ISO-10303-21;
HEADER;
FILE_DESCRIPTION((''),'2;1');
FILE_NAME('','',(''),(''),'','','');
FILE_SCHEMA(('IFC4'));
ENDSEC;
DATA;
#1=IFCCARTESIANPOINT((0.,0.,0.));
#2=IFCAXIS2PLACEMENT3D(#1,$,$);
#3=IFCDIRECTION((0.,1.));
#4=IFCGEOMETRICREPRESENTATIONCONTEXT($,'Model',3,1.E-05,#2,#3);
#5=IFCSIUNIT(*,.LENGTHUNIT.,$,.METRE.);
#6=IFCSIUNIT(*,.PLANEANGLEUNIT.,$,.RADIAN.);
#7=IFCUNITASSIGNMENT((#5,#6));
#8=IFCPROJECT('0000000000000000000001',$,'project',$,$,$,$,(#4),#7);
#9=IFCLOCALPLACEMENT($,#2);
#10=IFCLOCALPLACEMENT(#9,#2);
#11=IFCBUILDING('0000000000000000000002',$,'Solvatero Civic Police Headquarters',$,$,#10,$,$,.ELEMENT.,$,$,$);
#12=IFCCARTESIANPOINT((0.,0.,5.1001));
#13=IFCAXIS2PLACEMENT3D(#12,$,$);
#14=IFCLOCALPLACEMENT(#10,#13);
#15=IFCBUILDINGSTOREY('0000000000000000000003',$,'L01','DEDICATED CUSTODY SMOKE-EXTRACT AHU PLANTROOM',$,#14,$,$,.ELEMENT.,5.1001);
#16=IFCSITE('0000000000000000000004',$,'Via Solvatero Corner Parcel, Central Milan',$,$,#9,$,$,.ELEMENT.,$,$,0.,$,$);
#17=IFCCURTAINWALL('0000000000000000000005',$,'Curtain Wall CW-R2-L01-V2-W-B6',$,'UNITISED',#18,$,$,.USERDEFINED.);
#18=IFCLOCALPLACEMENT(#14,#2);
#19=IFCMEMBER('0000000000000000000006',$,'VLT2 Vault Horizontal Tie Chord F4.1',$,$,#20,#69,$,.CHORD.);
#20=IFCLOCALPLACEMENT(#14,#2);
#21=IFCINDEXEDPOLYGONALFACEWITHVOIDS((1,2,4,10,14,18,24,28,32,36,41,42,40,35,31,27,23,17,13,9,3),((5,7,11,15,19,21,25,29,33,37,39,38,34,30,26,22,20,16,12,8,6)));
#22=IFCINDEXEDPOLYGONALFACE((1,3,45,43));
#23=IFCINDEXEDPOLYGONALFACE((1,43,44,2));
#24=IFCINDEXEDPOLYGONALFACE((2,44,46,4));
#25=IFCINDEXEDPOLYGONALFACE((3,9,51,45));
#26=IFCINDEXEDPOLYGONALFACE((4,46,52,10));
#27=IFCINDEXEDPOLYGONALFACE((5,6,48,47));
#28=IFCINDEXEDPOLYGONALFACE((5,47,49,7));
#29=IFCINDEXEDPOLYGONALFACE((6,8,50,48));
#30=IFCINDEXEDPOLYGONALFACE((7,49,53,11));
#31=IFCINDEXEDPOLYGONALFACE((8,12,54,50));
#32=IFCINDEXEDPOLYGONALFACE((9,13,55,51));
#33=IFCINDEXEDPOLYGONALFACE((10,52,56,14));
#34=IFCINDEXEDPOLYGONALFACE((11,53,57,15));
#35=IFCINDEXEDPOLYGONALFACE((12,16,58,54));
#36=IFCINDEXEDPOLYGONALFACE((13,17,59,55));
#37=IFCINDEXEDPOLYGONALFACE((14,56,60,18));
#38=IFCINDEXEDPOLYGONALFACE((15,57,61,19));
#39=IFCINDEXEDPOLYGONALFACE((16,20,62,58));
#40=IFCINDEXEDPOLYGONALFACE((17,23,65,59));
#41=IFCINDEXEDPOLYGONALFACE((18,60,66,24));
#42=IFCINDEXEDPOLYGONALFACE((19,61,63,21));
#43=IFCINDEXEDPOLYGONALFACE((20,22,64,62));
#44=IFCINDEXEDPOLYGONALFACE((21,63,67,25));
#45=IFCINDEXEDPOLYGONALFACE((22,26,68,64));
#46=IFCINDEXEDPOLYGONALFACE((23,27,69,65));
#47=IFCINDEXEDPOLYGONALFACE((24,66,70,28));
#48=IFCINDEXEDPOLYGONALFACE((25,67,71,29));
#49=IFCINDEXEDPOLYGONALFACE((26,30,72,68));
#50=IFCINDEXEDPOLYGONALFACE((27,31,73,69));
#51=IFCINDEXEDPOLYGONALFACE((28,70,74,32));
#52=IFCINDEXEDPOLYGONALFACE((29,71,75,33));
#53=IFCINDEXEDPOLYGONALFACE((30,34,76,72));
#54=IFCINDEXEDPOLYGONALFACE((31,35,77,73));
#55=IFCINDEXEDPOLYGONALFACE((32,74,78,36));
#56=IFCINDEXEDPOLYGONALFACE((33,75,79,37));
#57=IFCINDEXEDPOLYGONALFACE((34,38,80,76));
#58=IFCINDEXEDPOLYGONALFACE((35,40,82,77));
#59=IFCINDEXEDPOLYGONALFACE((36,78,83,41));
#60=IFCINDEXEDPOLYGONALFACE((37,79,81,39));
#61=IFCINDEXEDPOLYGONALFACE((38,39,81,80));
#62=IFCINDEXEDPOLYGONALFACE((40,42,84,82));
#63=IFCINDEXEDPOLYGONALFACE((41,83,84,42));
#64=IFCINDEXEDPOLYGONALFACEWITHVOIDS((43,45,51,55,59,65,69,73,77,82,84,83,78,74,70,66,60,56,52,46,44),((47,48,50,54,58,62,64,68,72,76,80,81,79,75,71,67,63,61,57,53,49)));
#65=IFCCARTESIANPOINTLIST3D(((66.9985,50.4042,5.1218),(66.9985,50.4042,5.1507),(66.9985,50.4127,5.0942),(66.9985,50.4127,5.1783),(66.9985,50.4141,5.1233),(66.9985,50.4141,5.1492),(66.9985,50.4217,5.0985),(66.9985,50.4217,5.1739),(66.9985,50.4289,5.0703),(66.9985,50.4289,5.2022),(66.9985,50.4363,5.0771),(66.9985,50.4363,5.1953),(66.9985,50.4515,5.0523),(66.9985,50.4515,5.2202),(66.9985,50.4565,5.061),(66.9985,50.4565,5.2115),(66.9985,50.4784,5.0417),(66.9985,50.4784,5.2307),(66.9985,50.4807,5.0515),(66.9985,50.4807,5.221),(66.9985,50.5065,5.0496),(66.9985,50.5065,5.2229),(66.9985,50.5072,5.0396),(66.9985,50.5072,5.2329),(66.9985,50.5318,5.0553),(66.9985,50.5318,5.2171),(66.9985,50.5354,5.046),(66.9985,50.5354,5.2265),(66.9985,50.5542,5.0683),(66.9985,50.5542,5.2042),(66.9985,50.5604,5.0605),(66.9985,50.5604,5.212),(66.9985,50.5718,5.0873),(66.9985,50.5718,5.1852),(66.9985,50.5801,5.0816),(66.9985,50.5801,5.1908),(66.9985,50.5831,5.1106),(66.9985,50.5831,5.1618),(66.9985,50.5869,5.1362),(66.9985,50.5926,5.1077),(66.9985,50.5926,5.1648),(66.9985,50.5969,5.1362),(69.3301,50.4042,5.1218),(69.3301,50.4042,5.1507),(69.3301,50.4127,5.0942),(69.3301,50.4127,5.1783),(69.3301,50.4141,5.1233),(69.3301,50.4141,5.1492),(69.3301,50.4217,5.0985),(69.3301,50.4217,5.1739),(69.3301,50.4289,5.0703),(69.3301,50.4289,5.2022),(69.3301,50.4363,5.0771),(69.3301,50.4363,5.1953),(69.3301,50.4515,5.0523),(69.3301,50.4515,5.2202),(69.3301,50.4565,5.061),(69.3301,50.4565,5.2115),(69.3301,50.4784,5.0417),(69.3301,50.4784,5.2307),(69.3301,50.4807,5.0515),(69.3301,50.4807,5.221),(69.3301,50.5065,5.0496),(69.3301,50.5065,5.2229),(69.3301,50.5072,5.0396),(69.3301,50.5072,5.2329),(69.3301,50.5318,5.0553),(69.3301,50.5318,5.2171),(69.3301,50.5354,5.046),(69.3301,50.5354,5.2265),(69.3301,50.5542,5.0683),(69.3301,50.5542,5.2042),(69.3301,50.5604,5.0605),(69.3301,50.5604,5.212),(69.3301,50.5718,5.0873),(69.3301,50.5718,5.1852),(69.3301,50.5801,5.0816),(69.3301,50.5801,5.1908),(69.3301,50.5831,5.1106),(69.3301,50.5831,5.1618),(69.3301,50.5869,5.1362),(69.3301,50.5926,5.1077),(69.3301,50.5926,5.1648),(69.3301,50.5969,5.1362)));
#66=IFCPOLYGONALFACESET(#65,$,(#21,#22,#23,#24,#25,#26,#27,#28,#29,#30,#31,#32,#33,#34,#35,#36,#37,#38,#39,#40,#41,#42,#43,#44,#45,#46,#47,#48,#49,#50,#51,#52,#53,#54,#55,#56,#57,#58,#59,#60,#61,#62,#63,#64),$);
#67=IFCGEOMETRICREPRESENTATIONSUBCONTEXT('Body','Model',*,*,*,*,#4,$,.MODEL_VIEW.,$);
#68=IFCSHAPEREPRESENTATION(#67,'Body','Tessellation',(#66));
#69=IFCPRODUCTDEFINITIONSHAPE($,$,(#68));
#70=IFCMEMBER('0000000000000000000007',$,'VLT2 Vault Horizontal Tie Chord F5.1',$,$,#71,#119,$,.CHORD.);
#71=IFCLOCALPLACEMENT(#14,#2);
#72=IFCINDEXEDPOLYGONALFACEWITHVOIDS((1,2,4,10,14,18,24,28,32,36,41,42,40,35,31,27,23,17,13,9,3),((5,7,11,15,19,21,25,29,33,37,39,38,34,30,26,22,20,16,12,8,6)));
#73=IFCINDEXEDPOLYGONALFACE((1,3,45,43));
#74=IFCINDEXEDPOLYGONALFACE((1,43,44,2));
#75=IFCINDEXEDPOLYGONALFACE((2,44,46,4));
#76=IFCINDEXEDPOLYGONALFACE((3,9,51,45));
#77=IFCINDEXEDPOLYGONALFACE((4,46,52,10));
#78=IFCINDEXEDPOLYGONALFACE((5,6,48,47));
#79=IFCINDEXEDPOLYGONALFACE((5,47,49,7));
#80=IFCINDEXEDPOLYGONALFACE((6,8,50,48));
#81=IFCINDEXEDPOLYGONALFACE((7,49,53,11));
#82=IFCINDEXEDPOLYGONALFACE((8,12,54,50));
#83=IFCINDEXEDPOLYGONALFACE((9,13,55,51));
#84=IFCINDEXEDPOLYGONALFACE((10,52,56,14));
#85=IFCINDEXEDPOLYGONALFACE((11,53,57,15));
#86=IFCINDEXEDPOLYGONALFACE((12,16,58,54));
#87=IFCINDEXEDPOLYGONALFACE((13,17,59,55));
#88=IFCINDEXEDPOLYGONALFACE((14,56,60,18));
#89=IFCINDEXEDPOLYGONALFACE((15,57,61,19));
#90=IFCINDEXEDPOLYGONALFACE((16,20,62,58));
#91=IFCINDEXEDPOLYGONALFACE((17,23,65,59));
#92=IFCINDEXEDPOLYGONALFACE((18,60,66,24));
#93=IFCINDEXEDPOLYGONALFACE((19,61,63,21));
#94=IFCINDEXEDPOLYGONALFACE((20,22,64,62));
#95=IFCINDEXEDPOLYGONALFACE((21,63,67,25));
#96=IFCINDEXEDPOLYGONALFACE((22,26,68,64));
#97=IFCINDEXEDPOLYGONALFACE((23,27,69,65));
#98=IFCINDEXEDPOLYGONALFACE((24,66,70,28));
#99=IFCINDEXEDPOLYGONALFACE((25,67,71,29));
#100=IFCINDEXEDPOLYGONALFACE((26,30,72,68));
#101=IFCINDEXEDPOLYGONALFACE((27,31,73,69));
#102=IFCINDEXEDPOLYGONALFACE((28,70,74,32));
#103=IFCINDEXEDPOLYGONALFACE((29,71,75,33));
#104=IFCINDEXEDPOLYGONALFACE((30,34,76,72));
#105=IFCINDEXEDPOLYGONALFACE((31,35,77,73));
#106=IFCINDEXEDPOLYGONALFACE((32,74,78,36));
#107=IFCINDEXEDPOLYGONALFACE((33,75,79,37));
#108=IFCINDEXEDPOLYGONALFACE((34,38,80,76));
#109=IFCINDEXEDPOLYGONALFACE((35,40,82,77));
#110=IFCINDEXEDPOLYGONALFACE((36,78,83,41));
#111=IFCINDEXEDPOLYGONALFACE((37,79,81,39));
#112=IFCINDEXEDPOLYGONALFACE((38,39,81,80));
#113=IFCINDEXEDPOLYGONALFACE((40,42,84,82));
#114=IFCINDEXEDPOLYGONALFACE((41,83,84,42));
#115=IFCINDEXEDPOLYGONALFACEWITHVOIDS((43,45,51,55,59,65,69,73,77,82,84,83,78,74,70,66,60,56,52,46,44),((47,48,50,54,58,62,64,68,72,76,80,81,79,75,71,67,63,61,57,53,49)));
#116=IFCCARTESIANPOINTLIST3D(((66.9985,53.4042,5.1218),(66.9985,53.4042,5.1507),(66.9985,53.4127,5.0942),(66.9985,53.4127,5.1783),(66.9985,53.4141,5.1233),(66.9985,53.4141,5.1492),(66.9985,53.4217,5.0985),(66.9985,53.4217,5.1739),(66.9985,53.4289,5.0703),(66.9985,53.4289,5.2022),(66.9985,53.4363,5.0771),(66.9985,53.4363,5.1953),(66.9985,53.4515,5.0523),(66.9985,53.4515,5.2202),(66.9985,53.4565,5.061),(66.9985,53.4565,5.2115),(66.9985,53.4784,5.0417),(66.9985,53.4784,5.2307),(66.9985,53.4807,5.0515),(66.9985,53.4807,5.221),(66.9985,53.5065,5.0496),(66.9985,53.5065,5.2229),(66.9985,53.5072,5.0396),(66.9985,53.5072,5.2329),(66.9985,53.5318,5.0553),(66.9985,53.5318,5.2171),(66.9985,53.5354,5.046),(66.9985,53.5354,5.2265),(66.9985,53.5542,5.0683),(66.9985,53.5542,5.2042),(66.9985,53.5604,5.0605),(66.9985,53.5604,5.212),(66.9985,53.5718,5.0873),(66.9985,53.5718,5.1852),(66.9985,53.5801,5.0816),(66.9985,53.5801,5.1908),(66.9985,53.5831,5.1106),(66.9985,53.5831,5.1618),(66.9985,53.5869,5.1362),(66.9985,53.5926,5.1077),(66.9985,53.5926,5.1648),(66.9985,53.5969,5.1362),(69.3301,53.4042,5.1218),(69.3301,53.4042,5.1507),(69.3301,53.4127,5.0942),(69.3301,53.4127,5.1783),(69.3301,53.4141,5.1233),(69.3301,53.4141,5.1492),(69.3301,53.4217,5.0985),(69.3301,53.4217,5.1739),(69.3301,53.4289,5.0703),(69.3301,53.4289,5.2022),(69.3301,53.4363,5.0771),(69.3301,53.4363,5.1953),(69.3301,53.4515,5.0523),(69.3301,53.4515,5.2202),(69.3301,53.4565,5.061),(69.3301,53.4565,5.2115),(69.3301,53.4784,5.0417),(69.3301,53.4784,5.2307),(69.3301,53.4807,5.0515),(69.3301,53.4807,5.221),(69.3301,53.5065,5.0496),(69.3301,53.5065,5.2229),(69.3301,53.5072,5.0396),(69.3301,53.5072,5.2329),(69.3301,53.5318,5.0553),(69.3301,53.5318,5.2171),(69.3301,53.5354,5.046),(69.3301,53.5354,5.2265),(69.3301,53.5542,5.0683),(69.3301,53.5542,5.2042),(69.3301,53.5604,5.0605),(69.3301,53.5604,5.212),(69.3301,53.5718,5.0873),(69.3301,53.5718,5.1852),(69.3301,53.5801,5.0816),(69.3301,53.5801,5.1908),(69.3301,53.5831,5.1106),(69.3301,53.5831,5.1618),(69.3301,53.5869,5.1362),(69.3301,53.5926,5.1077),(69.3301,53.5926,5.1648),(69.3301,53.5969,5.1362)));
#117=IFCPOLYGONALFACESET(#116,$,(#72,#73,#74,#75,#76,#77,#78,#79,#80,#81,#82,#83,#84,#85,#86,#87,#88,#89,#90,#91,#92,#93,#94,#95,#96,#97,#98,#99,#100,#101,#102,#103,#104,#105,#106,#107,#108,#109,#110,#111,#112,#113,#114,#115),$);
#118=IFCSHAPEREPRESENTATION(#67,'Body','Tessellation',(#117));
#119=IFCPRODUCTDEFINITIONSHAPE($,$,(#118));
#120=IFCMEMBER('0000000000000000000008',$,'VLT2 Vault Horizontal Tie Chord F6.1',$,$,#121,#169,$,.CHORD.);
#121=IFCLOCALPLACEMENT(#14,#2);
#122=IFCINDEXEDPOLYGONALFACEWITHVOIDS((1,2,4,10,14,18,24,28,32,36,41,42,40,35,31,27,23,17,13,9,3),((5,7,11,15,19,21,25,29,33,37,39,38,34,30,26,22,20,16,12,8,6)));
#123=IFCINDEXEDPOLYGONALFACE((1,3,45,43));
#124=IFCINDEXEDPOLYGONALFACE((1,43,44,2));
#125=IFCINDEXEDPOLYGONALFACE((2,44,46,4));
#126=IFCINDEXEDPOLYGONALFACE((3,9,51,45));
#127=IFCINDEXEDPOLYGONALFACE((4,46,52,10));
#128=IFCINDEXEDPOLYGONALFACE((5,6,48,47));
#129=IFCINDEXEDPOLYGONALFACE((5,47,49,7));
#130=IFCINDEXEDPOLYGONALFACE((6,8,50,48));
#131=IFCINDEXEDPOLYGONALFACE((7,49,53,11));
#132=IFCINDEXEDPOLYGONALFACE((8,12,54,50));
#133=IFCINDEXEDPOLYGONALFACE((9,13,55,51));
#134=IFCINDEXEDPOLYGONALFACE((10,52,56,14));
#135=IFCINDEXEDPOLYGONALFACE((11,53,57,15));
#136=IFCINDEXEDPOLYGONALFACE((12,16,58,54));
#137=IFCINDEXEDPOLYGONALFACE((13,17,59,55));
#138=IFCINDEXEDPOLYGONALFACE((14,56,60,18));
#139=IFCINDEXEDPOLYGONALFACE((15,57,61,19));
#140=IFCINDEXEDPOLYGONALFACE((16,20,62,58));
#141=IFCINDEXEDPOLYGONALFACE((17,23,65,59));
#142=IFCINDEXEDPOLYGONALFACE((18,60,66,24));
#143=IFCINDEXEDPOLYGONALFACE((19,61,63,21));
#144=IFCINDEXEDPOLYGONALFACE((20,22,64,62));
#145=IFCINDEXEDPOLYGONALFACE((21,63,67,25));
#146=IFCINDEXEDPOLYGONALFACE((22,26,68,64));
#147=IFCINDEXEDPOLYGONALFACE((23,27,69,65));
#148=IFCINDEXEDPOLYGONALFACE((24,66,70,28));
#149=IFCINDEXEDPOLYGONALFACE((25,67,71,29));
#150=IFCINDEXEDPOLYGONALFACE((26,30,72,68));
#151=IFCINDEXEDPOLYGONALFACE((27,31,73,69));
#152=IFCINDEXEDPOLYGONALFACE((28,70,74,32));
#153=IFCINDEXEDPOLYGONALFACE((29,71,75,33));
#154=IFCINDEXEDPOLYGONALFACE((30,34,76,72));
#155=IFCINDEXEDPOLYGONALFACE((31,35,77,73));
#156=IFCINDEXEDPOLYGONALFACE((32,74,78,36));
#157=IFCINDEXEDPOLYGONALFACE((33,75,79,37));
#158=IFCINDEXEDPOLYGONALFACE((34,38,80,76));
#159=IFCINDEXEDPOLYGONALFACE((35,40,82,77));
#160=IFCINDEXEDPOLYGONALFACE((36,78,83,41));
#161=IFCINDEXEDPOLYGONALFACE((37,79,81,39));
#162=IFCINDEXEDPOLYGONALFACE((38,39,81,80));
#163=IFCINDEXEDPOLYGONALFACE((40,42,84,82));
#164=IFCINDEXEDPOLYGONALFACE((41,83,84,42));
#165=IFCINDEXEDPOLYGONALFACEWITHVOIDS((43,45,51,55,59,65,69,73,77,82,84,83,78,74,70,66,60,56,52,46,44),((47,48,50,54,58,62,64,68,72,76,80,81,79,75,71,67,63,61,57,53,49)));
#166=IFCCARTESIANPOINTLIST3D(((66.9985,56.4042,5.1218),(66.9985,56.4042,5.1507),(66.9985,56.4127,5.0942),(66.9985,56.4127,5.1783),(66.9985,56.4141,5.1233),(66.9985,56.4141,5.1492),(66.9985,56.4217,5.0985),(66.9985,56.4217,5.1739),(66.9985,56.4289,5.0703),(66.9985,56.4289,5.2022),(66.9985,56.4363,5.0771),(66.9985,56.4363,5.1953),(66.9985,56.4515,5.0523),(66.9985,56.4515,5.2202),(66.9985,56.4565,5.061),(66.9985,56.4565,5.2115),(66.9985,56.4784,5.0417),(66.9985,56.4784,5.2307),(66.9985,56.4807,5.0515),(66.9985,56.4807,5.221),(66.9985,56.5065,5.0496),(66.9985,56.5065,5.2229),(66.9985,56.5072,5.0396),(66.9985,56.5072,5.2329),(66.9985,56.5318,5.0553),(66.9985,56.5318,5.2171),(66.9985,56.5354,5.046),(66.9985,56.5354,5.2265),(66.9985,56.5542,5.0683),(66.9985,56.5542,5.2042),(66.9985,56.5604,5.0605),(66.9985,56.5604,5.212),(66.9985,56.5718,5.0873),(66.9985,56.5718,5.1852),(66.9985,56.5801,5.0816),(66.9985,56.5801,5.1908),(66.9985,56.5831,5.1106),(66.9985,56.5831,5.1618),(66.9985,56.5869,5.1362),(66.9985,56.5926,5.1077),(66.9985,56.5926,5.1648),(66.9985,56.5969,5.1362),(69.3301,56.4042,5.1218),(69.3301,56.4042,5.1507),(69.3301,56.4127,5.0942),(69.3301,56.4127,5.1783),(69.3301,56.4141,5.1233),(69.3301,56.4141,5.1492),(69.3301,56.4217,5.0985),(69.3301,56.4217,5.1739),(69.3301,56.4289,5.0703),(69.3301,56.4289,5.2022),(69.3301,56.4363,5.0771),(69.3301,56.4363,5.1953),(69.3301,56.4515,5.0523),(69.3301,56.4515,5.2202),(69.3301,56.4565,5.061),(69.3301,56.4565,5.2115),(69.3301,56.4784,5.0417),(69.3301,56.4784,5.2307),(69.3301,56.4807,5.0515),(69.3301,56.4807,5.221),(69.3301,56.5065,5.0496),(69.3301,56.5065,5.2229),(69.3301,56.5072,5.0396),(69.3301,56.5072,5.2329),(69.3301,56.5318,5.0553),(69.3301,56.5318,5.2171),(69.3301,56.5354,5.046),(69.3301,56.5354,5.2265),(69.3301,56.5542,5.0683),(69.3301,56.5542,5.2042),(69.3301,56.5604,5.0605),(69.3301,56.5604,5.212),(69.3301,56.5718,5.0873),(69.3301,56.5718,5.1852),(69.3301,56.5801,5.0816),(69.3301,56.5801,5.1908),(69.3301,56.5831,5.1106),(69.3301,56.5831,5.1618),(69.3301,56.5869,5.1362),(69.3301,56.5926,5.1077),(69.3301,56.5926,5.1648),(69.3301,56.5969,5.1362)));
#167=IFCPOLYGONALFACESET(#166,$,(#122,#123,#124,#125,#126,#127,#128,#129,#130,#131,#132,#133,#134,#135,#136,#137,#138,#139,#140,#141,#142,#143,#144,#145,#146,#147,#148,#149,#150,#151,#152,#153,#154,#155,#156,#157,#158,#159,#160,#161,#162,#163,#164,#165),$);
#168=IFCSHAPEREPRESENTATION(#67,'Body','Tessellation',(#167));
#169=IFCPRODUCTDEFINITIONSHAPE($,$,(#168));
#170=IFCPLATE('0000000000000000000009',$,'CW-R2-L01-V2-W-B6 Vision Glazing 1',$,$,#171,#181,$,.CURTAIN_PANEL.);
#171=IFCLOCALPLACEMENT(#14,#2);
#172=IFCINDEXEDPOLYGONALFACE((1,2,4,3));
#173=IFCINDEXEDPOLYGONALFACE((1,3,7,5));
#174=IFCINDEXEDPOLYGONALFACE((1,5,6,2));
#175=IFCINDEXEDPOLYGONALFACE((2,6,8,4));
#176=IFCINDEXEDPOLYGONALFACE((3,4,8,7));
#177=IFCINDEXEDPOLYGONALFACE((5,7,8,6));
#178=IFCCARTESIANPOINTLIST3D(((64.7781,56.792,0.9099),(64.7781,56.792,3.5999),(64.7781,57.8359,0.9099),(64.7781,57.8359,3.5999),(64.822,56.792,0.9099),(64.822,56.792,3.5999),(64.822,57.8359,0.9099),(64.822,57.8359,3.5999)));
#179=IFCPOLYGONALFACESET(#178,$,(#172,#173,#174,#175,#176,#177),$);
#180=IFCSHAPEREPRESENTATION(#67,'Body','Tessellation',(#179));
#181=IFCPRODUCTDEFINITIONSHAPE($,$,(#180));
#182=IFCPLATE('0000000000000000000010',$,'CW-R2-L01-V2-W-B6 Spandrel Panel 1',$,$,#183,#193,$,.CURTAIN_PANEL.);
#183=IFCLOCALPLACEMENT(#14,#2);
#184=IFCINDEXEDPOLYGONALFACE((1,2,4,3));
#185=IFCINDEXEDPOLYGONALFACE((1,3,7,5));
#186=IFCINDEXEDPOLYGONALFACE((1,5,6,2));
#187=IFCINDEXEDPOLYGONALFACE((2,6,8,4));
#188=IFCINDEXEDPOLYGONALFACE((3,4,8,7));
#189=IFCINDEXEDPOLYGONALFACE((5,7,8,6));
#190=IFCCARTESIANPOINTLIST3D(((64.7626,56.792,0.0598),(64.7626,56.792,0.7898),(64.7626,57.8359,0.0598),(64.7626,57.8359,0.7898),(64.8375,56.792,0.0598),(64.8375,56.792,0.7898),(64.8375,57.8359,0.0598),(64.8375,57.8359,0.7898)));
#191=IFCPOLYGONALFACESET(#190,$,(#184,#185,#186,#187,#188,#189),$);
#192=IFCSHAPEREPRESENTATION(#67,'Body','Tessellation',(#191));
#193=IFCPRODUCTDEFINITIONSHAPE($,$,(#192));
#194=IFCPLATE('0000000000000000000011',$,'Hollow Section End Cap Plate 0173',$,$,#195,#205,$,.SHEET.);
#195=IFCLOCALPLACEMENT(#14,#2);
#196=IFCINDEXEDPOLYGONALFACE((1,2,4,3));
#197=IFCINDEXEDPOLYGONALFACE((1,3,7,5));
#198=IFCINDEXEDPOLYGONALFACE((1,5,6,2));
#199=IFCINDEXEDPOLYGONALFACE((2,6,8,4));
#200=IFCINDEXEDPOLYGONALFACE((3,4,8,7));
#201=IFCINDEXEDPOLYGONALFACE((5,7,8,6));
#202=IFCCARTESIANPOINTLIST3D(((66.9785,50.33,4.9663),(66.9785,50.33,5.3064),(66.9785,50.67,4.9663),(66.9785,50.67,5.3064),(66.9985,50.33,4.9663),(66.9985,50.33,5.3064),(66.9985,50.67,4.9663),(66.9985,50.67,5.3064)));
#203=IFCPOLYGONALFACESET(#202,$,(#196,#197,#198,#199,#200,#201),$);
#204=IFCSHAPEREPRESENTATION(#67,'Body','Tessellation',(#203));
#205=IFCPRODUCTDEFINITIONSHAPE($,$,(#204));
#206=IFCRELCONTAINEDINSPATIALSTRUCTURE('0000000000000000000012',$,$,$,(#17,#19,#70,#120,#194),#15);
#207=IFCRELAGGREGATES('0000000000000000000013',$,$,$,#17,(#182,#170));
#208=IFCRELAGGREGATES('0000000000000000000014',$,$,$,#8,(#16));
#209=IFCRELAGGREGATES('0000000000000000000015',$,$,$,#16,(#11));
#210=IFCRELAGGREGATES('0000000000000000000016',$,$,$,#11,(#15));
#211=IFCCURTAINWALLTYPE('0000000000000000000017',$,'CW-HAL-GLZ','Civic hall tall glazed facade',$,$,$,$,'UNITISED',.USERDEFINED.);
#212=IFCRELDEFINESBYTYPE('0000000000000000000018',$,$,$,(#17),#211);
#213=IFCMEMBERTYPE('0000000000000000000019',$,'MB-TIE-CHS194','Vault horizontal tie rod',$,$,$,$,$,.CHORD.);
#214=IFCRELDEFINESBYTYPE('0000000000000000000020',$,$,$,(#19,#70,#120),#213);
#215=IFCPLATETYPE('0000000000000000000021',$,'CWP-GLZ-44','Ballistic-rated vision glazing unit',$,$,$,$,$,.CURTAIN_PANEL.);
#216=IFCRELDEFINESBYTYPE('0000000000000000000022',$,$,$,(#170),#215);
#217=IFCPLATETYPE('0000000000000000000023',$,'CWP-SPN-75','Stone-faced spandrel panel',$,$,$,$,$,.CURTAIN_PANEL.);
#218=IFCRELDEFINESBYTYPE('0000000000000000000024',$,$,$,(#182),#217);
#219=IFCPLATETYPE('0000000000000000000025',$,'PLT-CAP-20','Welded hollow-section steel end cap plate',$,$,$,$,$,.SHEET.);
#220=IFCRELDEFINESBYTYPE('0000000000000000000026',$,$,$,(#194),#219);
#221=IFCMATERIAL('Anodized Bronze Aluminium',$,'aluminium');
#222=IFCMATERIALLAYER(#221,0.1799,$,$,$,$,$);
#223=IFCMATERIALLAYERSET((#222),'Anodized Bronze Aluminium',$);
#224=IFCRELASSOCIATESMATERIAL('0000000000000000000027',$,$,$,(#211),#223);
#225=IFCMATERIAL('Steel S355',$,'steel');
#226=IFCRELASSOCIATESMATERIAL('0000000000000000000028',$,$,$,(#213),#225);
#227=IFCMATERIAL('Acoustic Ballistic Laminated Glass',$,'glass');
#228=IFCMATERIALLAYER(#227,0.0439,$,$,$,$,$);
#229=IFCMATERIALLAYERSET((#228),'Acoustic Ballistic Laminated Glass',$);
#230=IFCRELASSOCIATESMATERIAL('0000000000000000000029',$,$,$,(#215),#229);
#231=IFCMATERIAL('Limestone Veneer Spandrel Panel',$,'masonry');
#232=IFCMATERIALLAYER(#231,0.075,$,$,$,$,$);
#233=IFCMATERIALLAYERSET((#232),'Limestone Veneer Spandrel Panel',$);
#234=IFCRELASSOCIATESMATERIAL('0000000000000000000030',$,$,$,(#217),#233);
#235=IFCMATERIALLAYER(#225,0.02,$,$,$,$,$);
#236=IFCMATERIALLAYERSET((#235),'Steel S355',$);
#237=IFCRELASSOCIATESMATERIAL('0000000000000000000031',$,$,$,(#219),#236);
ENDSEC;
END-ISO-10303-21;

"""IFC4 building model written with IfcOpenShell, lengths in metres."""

from ifc_helpers import new_model, si_unit, direction, frame, origin, origin_2d, place, context, subcontext, project, spatial, rectangle, hollow_circle, extrude, material, layer, layer_set, material_profile, profile_set, type_object, element, aggregate, save


model = new_model("IFC4")

# Units and contexts
model_context = context("Model", 3, precision=1e-05, world=origin(), true_north=direction((0.0, 1.0)))
body_context = subcontext(model_context, "Body", "Model", "MODEL_VIEW")
ifc_project = project(units=[si_unit("LENGTHUNIT", "METRE"), si_unit("PLANEANGLEUNIT", "RADIAN")], contexts=[model_context])

# Site, building, storey
site_placement = place(None, origin())
site = spatial("IfcSite", under=ifc_project, at=site_placement, Name="Via Solvatero Corner Parcel, Central Milan", CompositionType="ELEMENT", RefElevation=0.0)
building_placement = place(site_placement, origin())
building = spatial("IfcBuilding", under=site, at=building_placement, Name="Solvatero Civic Police Headquarters", CompositionType="ELEMENT")
storey_placement = place(building_placement, frame((0.0, 0.0, 5.1001)))
storey = spatial("IfcBuildingStorey", under=building, at=storey_placement, Name="L01", Description="DEDICATED CUSTODY SMOKE-EXTRACT AHU PLANTROOM", CompositionType="ELEMENT", Elevation=5.1001)

# Shared definitions
ifc_material_1 = material(Name="Steel S355", Category="steel")

# Curtain wall
ifc_material_2 = material(Name="Anodized Bronze Aluminium", Category="aluminium")
ifc_layer_1 = layer(ifc_material_2, 0.1799)
ifc_layer_set_1 = layer_set([ifc_layer_1], Name="Anodized Bronze Aluminium")
curtain_wall_type = type_object("IfcCurtainWallType", Name="CW-HAL-GLZ", Description="Civic hall tall glazed facade", ElementType="UNITISED", PredefinedType="USERDEFINED", material=ifc_layer_set_1)
curtain_wall_placement = place(storey_placement, origin())
curtain_wall = element("IfcCurtainWall", 1, at=curtain_wall_placement, inside=storey, type_object=curtain_wall_type, Name="Curtain Wall CW-R2-L01-V2-W-B6", ObjectType="UNITISED", PredefinedType="USERDEFINED")

# Members
ifc_material_profile_1 = material_profile(ifc_material_1, hollow_circle(Radius=0.0969, WallThickness=0.01, at=origin_2d()), Name="CHS 193.7x10.0")
ifc_profile_set_1 = profile_set([ifc_material_profile_1], Name="Steel S355")
member_type_1 = type_object("IfcMemberType", Name="MB-TIE-CHS194", Description="Vault horizontal tie rod", PredefinedType="CHORD", material=ifc_profile_set_1)
for number, where, z_axis, x_axis, name in (
    (2, (66.9985, 50.5, 5.1362), (1.0, 0.0, 0.0), (0.0, 1.0, 0.0), "VLT2 Vault Horizontal Tie Chord F4.1"),
    (3, (66.9985, 53.5, 5.1362), (1.0, 0.0, 0.0), (0.0, 1.0, 0.0), "VLT2 Vault Horizontal Tie Chord F5.1"),
    (4, (66.9985, 56.5, 5.1362), (1.0, 0.0, 0.0), (0.0, 1.0, 0.0), "VLT2 Vault Horizontal Tie Chord F6.1"),
):
    element("IfcMember", number, at=place(storey_placement, frame(where, z_axis=z_axis, x_axis=x_axis)), inside=storey, type_object=member_type_1, Name=name, PredefinedType="CHORD", context=body_context, shape_type="SweptSolid", body=[
        extrude(hollow_circle(Radius=0.0969, WallThickness=0.01, at=origin_2d()), origin(), (0.0, 0.0, 1.0), 2.3315),
    ])

# Plates
ifc_material_3 = material(Name="Acoustic Ballistic Laminated Glass", Category="glass")
ifc_layer_2 = layer(ifc_material_3, 0.0439)
ifc_layer_set_2 = layer_set([ifc_layer_2], Name="Acoustic Ballistic Laminated Glass")
plate_type_1 = type_object("IfcPlateType", Name="CWP-GLZ-44", Description="Ballistic-rated vision glazing unit", PredefinedType="CURTAIN_PANEL", material=ifc_layer_set_2)
plate_1_placement = place(storey_placement, frame((64.8, 57.314, 0.9099), z_axis=(0.0, 0.0, 1.0), x_axis=(0.0, 1.0, 0.0)))
plate_1 = element("IfcPlate", 5, at=plate_1_placement, type_object=plate_type_1, Name="CW-R2-L01-V2-W-B6 Vision Glazing 1", PredefinedType="CURTAIN_PANEL", context=body_context, shape_type="SweptSolid", body=[
    extrude(rectangle(XDim=1.0439, YDim=0.0439, at=origin_2d()), origin(), (0.0, 0.0, 1.0), 2.6899),
])
ifc_material_4 = material(Name="Limestone Veneer Spandrel Panel", Category="masonry")
ifc_layer_3 = layer(ifc_material_4, 0.075)
ifc_layer_set_3 = layer_set([ifc_layer_3], Name="Limestone Veneer Spandrel Panel")
plate_type_2 = type_object("IfcPlateType", Name="CWP-SPN-75", Description="Stone-faced spandrel panel", PredefinedType="CURTAIN_PANEL", material=ifc_layer_set_3)
plate_2_placement = place(storey_placement, frame((64.8, 57.314, 0.0598), z_axis=(0.0, 0.0, 1.0), x_axis=(0.0, 1.0, 0.0)))
plate_2 = element("IfcPlate", 6, at=plate_2_placement, type_object=plate_type_2, Name="CW-R2-L01-V2-W-B6 Spandrel Panel 1", PredefinedType="CURTAIN_PANEL", context=body_context, shape_type="SweptSolid", body=[
    extrude(rectangle(XDim=1.0439, YDim=0.075, at=origin_2d()), origin(), (0.0, 0.0, 1.0), 0.73),
])
aggregate(curtain_wall, [plate_2, plate_1])

# Plate
ifc_layer_4 = layer(ifc_material_1, 0.02)
ifc_layer_set_4 = layer_set([ifc_layer_4], Name="Steel S355")
plate_type_3 = type_object("IfcPlateType", Name="PLT-CAP-20", Description="Welded hollow-section steel end cap plate", PredefinedType="SHEET", material=ifc_layer_set_4)
for number, where, z_axis, x_axis, name in (
    (7, (66.9885, 50.5, 4.9663), (0.0, 0.0, 1.0), (1.0, 0.0, 0.0), "Hollow Section End Cap Plate 0173"),
):
    element("IfcPlate", number, at=place(storey_placement, frame(where, z_axis=z_axis, x_axis=x_axis)), inside=storey, type_object=plate_type_3, Name=name, PredefinedType="SHEET", context=body_context, shape_type="SweptSolid", body=[
        extrude(rectangle(XDim=0.02, YDim=0.3401, at=origin_2d()), origin(), (0.0, 0.0, 1.0), 0.3401),
    ])

save(model, "model.ifc")
